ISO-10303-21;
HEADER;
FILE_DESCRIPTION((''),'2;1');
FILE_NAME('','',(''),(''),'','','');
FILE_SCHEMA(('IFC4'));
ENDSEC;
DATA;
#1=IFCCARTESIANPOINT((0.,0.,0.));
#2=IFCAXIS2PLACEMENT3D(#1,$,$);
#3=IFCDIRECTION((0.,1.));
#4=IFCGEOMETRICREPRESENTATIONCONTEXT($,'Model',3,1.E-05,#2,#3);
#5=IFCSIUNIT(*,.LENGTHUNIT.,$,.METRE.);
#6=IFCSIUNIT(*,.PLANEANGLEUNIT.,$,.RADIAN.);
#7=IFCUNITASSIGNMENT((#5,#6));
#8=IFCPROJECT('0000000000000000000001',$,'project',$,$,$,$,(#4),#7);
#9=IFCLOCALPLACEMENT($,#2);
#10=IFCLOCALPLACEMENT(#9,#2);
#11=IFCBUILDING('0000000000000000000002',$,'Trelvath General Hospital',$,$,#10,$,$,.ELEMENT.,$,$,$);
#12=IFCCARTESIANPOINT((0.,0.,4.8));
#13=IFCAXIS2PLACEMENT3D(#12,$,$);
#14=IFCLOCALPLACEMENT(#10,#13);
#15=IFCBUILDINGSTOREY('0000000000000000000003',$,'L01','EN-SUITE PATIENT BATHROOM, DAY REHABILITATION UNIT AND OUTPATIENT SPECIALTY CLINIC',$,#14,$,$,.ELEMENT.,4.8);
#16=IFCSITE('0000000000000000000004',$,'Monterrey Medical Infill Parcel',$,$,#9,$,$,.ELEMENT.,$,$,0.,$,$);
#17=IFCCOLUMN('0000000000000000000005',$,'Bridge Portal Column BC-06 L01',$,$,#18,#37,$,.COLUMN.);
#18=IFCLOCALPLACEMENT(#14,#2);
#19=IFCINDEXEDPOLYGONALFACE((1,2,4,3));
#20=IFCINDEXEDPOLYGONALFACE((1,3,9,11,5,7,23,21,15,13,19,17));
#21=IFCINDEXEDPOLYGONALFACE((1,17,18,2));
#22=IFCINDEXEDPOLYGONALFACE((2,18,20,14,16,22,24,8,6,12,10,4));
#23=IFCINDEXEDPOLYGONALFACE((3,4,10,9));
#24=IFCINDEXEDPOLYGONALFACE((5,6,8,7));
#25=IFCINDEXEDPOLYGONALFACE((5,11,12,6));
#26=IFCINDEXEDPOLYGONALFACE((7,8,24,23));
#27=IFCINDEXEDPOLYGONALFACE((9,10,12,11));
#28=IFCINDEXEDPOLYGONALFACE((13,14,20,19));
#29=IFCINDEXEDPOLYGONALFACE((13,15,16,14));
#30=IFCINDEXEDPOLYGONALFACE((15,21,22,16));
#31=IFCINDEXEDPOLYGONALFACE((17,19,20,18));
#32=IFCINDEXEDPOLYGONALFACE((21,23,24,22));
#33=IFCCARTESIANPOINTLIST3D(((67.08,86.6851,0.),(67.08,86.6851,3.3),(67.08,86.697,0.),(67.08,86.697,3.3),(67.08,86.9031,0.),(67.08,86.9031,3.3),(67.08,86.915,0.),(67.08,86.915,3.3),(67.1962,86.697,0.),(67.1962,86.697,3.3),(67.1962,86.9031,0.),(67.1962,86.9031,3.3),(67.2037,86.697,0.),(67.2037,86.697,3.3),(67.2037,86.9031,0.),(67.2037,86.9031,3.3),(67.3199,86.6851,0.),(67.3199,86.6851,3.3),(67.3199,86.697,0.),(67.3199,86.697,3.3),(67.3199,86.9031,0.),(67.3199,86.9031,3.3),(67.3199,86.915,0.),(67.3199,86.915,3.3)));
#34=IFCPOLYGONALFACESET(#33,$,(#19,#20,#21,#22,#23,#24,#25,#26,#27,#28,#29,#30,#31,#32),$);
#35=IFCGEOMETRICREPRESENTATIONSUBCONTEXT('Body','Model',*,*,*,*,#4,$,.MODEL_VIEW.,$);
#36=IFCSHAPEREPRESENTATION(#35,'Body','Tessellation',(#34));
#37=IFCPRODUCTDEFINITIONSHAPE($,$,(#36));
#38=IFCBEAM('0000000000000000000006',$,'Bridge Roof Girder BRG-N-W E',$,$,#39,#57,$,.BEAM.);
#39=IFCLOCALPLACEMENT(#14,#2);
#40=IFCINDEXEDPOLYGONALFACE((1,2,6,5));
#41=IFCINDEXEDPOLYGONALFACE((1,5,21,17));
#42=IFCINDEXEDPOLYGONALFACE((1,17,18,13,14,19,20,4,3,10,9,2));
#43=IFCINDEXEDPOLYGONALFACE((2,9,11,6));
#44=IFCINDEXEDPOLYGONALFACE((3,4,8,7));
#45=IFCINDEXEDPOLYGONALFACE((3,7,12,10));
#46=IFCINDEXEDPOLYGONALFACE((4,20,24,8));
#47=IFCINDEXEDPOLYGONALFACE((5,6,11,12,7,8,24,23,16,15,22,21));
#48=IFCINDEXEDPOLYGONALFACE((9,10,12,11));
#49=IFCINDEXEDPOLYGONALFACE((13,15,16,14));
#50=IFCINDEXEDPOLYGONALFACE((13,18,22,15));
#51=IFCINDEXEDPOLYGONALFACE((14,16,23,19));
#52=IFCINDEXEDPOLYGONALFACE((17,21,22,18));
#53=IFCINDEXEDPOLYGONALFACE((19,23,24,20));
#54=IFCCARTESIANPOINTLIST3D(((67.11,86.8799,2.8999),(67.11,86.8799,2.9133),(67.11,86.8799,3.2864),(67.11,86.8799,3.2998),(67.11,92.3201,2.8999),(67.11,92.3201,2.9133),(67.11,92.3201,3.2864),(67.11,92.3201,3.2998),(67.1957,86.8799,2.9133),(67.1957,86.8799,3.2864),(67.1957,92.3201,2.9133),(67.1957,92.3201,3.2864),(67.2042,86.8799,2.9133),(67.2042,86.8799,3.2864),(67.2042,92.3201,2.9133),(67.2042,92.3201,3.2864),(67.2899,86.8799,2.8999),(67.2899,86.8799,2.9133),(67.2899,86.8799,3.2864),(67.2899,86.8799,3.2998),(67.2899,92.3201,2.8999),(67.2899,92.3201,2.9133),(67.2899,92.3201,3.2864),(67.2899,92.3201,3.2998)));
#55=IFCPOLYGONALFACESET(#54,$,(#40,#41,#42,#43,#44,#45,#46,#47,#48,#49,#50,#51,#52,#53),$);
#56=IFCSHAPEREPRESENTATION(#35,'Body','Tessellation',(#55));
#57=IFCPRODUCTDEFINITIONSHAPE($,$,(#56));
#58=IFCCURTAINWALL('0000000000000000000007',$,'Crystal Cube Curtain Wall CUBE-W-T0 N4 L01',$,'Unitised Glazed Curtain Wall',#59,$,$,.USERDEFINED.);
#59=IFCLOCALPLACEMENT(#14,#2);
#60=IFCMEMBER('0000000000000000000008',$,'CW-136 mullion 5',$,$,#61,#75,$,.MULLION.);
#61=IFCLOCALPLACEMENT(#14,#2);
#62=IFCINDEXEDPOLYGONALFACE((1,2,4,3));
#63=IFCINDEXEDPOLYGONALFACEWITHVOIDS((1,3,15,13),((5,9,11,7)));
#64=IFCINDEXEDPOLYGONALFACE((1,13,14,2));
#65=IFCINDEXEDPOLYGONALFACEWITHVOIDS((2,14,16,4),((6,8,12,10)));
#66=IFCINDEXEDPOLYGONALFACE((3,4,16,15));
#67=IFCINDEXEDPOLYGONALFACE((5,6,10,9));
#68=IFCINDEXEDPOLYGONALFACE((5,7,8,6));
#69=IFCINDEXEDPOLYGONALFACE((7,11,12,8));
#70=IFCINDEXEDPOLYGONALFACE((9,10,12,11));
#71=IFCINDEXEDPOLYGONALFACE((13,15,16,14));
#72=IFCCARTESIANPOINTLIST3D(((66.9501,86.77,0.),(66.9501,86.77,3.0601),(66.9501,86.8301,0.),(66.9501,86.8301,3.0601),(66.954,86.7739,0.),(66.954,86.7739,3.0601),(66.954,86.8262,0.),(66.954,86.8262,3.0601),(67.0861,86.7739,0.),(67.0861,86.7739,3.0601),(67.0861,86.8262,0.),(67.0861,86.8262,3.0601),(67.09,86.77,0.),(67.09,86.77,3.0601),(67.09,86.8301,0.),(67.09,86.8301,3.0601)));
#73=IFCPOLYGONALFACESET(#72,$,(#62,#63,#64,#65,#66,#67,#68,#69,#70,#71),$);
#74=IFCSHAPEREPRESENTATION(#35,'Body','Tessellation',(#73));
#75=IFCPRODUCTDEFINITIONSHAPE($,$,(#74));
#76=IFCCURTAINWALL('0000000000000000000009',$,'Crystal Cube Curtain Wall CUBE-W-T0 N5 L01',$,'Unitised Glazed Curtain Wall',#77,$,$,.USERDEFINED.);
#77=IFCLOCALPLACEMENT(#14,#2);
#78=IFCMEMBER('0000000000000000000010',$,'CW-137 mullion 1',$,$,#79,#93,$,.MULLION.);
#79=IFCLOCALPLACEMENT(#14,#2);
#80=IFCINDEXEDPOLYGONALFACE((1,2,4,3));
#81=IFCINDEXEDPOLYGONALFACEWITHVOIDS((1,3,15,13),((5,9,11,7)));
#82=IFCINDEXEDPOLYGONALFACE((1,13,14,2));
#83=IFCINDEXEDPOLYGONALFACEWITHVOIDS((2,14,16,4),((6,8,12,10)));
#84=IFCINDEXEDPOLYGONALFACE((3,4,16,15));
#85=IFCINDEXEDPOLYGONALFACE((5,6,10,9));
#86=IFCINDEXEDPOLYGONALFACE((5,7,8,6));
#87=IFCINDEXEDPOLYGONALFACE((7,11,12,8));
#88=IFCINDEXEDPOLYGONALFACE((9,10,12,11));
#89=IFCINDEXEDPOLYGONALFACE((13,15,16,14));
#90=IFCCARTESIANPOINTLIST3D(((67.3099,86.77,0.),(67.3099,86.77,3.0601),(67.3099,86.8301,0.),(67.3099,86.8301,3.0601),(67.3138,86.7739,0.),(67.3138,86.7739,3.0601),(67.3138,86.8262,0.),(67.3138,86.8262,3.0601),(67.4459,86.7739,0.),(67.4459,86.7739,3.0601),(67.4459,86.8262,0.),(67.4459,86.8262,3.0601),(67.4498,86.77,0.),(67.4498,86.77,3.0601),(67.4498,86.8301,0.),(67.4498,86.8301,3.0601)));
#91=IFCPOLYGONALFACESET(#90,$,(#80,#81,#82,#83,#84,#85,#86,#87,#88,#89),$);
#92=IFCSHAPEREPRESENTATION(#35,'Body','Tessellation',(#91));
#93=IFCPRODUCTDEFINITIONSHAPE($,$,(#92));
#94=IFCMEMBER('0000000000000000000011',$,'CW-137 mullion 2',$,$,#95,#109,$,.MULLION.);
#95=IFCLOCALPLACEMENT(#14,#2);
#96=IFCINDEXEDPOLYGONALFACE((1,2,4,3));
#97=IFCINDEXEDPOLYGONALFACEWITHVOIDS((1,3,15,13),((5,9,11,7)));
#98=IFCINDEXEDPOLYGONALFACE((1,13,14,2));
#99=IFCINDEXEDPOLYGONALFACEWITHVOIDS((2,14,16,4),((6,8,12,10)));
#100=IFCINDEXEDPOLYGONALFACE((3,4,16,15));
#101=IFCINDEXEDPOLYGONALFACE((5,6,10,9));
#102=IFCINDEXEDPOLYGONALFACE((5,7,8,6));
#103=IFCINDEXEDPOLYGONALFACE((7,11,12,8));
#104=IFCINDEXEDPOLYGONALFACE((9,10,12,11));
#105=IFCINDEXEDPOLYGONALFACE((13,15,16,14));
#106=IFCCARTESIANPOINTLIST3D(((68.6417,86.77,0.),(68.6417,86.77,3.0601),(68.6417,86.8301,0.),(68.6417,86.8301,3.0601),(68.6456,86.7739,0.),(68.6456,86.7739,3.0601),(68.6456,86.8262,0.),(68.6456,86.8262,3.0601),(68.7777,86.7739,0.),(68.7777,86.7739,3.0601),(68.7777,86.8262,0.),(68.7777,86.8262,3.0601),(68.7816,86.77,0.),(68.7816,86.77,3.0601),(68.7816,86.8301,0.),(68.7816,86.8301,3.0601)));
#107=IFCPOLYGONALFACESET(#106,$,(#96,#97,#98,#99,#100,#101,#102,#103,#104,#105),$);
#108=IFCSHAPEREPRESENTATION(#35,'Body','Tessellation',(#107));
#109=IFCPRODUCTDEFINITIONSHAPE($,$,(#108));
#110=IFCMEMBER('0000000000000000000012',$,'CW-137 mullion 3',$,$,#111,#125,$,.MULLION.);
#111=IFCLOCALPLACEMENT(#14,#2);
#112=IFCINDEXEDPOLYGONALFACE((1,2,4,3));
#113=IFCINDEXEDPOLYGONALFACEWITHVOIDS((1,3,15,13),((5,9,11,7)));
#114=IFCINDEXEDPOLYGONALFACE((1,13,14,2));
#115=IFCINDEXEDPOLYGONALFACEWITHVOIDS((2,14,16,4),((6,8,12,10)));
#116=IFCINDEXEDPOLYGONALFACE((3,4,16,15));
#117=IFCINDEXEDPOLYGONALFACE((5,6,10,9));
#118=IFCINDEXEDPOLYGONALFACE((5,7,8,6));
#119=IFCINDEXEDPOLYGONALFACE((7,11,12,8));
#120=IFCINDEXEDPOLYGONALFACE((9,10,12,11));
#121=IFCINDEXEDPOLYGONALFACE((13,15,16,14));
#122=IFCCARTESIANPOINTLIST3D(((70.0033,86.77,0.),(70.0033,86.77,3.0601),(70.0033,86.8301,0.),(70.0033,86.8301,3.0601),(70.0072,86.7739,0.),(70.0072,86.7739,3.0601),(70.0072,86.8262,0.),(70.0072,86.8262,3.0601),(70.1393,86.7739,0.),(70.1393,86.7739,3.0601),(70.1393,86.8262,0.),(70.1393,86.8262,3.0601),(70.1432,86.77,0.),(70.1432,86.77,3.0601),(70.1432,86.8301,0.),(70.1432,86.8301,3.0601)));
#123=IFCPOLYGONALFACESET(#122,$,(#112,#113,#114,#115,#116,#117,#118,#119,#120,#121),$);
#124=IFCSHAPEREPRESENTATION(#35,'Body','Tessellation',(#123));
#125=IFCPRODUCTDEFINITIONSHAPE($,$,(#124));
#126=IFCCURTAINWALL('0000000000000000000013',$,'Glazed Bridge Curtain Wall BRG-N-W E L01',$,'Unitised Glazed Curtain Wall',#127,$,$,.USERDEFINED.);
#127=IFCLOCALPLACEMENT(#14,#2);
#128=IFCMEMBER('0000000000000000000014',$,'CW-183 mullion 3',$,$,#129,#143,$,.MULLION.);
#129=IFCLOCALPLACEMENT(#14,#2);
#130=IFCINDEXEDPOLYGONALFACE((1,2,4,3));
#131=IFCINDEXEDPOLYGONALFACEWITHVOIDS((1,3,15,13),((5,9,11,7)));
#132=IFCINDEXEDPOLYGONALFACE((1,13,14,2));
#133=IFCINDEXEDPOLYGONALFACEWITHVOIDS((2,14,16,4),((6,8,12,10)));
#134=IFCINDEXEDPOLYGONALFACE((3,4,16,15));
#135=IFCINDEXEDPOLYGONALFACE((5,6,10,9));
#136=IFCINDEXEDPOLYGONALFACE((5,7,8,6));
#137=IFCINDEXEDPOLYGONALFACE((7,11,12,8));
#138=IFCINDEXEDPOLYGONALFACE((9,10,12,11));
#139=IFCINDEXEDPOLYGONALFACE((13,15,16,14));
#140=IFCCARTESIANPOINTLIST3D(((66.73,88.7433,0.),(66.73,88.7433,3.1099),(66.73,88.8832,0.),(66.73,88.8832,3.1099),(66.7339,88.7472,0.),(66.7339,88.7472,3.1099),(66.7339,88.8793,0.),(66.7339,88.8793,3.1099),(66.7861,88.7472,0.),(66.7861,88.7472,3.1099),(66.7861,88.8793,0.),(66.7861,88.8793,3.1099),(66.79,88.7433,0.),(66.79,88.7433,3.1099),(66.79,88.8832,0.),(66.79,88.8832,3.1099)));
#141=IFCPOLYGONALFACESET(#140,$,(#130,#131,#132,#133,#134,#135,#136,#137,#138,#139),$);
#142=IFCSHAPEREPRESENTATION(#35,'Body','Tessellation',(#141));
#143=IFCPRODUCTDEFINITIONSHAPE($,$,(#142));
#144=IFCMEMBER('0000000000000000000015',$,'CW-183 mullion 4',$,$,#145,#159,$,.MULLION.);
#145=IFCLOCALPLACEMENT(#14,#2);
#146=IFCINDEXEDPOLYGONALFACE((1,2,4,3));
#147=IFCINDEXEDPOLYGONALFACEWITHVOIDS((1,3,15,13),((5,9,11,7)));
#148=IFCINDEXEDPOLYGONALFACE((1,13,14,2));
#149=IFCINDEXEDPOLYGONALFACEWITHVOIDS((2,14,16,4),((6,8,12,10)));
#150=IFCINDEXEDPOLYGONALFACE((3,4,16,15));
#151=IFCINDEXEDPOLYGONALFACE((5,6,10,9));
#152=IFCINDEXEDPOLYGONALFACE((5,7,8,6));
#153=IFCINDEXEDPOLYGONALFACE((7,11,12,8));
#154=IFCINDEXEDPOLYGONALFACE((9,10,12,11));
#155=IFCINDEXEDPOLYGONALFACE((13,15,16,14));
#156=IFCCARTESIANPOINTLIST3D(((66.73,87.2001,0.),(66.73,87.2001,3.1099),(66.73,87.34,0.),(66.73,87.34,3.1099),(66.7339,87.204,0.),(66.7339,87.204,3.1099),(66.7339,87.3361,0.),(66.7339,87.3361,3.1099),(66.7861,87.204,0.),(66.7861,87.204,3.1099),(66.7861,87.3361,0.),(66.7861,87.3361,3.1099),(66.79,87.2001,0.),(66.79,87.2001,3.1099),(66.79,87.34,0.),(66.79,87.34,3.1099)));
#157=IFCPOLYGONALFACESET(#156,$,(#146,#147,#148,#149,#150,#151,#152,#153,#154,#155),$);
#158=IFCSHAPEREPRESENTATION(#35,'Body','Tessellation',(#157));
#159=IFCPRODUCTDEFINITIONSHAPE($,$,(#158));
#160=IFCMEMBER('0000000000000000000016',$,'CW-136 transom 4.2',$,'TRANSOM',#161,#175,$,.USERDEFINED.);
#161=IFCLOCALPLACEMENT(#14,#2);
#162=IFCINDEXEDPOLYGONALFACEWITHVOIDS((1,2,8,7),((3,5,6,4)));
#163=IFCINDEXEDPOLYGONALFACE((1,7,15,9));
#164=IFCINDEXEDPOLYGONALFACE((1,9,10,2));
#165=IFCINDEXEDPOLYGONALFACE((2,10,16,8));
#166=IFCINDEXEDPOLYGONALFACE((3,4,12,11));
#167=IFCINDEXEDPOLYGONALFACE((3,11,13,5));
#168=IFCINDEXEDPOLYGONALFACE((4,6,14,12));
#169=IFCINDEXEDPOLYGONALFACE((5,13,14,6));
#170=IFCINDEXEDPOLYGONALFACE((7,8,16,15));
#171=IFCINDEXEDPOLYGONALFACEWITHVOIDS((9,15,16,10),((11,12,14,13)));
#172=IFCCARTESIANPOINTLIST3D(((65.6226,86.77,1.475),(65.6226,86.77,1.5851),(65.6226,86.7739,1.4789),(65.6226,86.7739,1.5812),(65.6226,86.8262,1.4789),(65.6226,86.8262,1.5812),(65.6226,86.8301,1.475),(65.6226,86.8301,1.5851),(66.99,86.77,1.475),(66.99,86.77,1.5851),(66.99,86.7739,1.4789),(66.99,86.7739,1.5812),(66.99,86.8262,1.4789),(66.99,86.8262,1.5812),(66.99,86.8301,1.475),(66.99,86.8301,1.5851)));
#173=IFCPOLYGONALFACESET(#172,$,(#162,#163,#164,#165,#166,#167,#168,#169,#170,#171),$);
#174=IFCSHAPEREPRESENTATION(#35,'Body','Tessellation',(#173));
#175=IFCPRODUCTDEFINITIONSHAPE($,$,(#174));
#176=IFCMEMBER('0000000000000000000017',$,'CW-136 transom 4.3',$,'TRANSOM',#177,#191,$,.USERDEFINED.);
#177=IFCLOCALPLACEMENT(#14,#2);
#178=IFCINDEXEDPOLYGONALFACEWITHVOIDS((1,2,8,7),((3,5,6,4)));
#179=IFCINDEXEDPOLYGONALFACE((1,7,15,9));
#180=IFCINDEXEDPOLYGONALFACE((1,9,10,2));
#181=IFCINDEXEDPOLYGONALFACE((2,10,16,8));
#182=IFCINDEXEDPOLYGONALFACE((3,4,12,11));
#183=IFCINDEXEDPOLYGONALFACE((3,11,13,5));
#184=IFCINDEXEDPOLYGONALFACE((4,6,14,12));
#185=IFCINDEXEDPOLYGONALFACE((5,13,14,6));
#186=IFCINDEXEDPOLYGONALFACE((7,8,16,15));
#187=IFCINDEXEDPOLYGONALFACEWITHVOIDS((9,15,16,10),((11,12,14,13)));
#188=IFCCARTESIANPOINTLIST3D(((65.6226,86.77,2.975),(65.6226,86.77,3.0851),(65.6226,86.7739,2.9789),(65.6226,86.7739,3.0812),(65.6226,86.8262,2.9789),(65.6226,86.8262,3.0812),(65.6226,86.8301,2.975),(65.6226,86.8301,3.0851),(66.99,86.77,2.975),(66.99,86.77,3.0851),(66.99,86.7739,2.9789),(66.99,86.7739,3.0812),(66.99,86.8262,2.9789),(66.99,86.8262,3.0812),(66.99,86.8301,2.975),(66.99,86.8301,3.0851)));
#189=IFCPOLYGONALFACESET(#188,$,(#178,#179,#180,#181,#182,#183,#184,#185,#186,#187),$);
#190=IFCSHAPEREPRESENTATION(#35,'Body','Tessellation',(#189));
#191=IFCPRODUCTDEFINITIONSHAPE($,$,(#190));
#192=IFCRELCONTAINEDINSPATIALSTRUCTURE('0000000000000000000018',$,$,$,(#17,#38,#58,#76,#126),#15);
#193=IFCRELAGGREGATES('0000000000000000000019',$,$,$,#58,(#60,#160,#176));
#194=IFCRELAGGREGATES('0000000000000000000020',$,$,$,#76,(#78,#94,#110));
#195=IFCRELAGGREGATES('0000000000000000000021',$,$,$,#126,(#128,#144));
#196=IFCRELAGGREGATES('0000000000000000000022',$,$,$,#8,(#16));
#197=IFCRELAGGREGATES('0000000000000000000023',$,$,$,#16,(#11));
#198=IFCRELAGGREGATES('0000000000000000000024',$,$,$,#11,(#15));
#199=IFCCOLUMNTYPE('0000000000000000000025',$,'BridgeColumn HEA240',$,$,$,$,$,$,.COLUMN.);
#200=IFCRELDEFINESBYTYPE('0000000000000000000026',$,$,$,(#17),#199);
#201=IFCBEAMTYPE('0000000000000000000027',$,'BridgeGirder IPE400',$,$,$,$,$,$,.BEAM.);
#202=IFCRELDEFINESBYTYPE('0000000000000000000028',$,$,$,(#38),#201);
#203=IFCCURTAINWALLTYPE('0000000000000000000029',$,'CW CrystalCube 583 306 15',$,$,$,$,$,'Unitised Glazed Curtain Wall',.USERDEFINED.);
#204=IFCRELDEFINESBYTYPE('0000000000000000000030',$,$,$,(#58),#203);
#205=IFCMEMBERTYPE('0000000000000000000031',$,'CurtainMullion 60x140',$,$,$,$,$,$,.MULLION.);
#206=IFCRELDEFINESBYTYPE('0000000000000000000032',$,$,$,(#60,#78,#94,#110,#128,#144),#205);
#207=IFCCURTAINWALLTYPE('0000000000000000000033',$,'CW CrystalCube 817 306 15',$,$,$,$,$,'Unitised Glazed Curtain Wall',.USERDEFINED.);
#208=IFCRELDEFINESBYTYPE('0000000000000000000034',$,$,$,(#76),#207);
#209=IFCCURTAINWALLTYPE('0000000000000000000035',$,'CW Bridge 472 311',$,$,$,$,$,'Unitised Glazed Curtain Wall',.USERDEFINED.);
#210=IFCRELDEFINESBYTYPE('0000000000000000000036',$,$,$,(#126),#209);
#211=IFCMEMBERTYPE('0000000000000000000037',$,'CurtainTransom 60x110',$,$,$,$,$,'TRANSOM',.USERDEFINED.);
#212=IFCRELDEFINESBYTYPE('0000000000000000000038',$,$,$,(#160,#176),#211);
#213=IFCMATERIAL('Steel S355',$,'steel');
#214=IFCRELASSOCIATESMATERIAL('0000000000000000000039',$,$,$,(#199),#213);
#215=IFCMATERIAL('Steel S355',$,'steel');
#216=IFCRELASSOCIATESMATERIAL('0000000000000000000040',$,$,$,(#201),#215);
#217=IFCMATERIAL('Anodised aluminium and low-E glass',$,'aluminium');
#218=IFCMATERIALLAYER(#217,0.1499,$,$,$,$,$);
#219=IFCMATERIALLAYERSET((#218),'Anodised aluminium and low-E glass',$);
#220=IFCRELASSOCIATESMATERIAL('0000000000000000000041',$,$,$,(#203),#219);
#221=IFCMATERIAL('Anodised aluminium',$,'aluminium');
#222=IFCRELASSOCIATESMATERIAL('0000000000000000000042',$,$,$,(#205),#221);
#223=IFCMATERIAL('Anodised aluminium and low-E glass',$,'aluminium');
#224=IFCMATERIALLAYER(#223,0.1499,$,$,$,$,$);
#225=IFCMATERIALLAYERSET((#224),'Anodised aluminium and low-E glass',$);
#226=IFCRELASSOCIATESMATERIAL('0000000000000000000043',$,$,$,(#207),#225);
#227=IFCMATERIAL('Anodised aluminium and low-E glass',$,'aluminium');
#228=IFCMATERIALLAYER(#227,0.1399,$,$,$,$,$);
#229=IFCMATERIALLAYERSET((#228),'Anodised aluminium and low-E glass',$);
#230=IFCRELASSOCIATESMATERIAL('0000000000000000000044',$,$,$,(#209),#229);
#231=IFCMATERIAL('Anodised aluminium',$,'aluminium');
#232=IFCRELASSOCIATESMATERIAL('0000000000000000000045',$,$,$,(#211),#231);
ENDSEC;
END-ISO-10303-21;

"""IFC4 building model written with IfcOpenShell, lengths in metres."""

from ifc_helpers import new_model, si_unit, direction, frame, origin, origin_2d, place, context, subcontext, project, spatial, hollow_rectangle, i_section, extrude, material, layer, layer_set, material_profile, profile_set, type_object, element, aggregate, save


model = new_model("IFC4")

# Units and contexts
model_context = context("Model", 3, precision=1e-05, world=origin(), true_north=direction((0.0, 1.0)))
body_context = subcontext(model_context, "Body", "Model", "MODEL_VIEW")
ifc_project = project(units=[si_unit("LENGTHUNIT", "METRE"), si_unit("PLANEANGLEUNIT", "RADIAN")], contexts=[model_context])

# Site, building, storey
site_placement = place(None, origin())
site = spatial("IfcSite", under=ifc_project, at=site_placement, Name="Monterrey Medical Infill Parcel", CompositionType="ELEMENT", RefElevation=0.0)
building_placement = place(site_placement, origin())
building = spatial("IfcBuilding", under=site, at=building_placement, Name="Trelvath General Hospital", CompositionType="ELEMENT")
storey_placement = place(building_placement, frame((0.0, 0.0, 4.8)))
storey = spatial("IfcBuildingStorey", under=building, at=storey_placement, Name="L01", Description="EN-SUITE PATIENT BATHROOM, DAY REHABILITATION UNIT AND OUTPATIENT SPECIALTY CLINIC", CompositionType="ELEMENT", Elevation=4.8)

# Column
ifc_material_1 = material(Name="Steel S355", Category="steel")
ifc_material_profile_1 = material_profile(ifc_material_1, i_section(OverallWidth=0.24, OverallDepth=0.23, WebThickness=0.0076, FlangeThickness=0.012, at=origin_2d()), Name="HEA240")
ifc_profile_set_1 = profile_set([ifc_material_profile_1], Name="Steel S355")
column_type = type_object("IfcColumnType", Name="BridgeColumn HEA240", PredefinedType="COLUMN", material=ifc_profile_set_1)
column_placement = place(storey_placement, frame((67.2, 86.8, 0.0), z_axis=(0.0, 0.0, 1.0), x_axis=(1.0, 0.0, 0.0)))
element("IfcColumn", 1, at=column_placement, inside=storey, type_object=column_type, Name="Bridge Portal Column BC-06 L01", PredefinedType="COLUMN", context=body_context, shape_type="SweptSolid", body=[
    extrude(i_section(OverallWidth=0.24, OverallDepth=0.23, WebThickness=0.0076, FlangeThickness=0.012, at=origin_2d()), origin(), (0.0, 0.0, 1.0), 3.3),
])

# Beam
ifc_material_2 = material(Name="Steel S355", Category="steel")
ifc_material_profile_2 = material_profile(ifc_material_2, i_section(OverallWidth=0.1799, OverallDepth=0.3999, WebThickness=0.0085, FlangeThickness=0.0134, at=origin_2d()), Name="IPE400")
ifc_profile_set_2 = profile_set([ifc_material_profile_2], Name="Steel S355")
beam_type = type_object("IfcBeamType", Name="BridgeGirder IPE400", PredefinedType="BEAM", material=ifc_profile_set_2)
beam_placement = place(storey_placement, frame((67.2, 86.8799, 3.0999), z_axis=(0.0, 1.0, 0.0), x_axis=(-1.0, 0.0, 0.0)))
element("IfcBeam", 2, at=beam_placement, inside=storey, type_object=beam_type, Name="Bridge Roof Girder BRG-N-W E", PredefinedType="BEAM", context=body_context, shape_type="SweptSolid", body=[
    extrude(i_section(OverallWidth=0.1799, OverallDepth=0.3999, WebThickness=0.0085, FlangeThickness=0.0134, at=origin_2d()), origin(), (0.0, 0.0, 1.0), 5.4402),
])

# Curtain wall, member
ifc_material_3 = material(Name="Anodised aluminium and low-E glass", Category="aluminium")
ifc_layer_1 = layer(ifc_material_3, 0.1499)
ifc_layer_set_1 = layer_set([ifc_layer_1], Name="Anodised aluminium and low-E glass")
curtain_wall_type_1 = type_object("IfcCurtainWallType", Name="CW CrystalCube 583 306 15", ElementType="Unitised Glazed Curtain Wall", PredefinedType="USERDEFINED", material=ifc_layer_set_1)
curtain_wall_1_placement = place(storey_placement, origin())
curtain_wall_1 = element("IfcCurtainWall", 3, at=curtain_wall_1_placement, inside=storey, type_object=curtain_wall_type_1, Name="Crystal Cube Curtain Wall CUBE-W-T0 N4 L01", ObjectType="Unitised Glazed Curtain Wall", PredefinedType="USERDEFINED")
ifc_material_4 = material(Name="Anodised aluminium", Category="aluminium")
ifc_material_profile_3 = material_profile(ifc_material_4, hollow_rectangle(XDim=0.0601, YDim=0.1399, WallThickness=0.0039, at=origin_2d()), Name="RHS60x140x4")
ifc_profile_set_3 = profile_set([ifc_material_profile_3], Name="Anodised aluminium")
member_type_1 = type_object("IfcMemberType", Name="CurtainMullion 60x140", PredefinedType="MULLION", material=ifc_profile_set_3)
member_1_placement = place(storey_placement, frame((67.02, 86.8, 0.0), z_axis=(0.0, 0.0, 1.0), x_axis=(0.0, 1.0, 0.0)))
member_1 = element("IfcMember", 4, at=member_1_placement, type_object=member_type_1, Name="CW-136 mullion 5", PredefinedType="MULLION", context=body_context, shape_type="SweptSolid", body=[
    extrude(hollow_rectangle(XDim=0.0601, YDim=0.1399, WallThickness=0.0039, at=origin_2d()), origin(), (0.0, 0.0, 1.0), 3.0601),
])

# Curtain walls, members
ifc_material_5 = material(Name="Anodised aluminium and low-E glass", Category="aluminium")
ifc_layer_2 = layer(ifc_material_5, 0.1499)
ifc_layer_set_2 = layer_set([ifc_layer_2], Name="Anodised aluminium and low-E glass")
curtain_wall_type_2 = type_object("IfcCurtainWallType", Name="CW CrystalCube 817 306 15", ElementType="Unitised Glazed Curtain Wall", PredefinedType="USERDEFINED", material=ifc_layer_set_2)
curtain_wall_2_placement = place(storey_placement, origin())
curtain_wall_2 = element("IfcCurtainWall", 5, at=curtain_wall_2_placement, inside=storey, type_object=curtain_wall_type_2, Name="Crystal Cube Curtain Wall CUBE-W-T0 N5 L01", ObjectType="Unitised Glazed Curtain Wall", PredefinedType="USERDEFINED")
member_2_placement = place(storey_placement, frame((67.3799, 86.8, 0.0), z_axis=(0.0, 0.0, 1.0), x_axis=(0.0, 1.0, 0.0)))
member_2 = element("IfcMember", 6, at=member_2_placement, type_object=member_type_1, Name="CW-137 mullion 1", PredefinedType="MULLION", context=body_context, shape_type="SweptSolid", body=[
    extrude(hollow_rectangle(XDim=0.0601, YDim=0.1399, WallThickness=0.0039, at=origin_2d()), origin(), (0.0, 0.0, 1.0), 3.0601),
])
member_3_placement = place(storey_placement, frame((68.7117, 86.8, 0.0), z_axis=(0.0, 0.0, 1.0), x_axis=(0.0, 1.0, 0.0)))
member_3 = element("IfcMember", 7, at=member_3_placement, type_object=member_type_1, Name="CW-137 mullion 2", PredefinedType="MULLION", context=body_context, shape_type="SweptSolid", body=[
    extrude(hollow_rectangle(XDim=0.0601, YDim=0.1399, WallThickness=0.0039, at=origin_2d()), origin(), (0.0, 0.0, 1.0), 3.0601),
])
member_4_placement = place(storey_placement, frame((70.0732, 86.8, 0.0), z_axis=(0.0, 0.0, 1.0), x_axis=(0.0, 1.0, 0.0)))
member_4 = element("IfcMember", 8, at=member_4_placement, type_object=member_type_1, Name="CW-137 mullion 3", PredefinedType="MULLION", context=body_context, shape_type="SweptSolid", body=[
    extrude(hollow_rectangle(XDim=0.0601, YDim=0.1399, WallThickness=0.0039, at=origin_2d()), origin(), (0.0, 0.0, 1.0), 3.0601),
])
ifc_material_6 = material(Name="Anodised aluminium and low-E glass", Category="aluminium")
ifc_layer_3 = layer(ifc_material_6, 0.1399)
ifc_layer_set_3 = layer_set([ifc_layer_3], Name="Anodised aluminium and low-E glass")
curtain_wall_type_3 = type_object("IfcCurtainWallType", Name="CW Bridge 472 311", ElementType="Unitised Glazed Curtain Wall", PredefinedType="USERDEFINED", material=ifc_layer_set_3)
curtain_wall_3_placement = place(storey_placement, origin())
curtain_wall_3 = element("IfcCurtainWall", 9, at=curtain_wall_3_placement, inside=storey, type_object=curtain_wall_type_3, Name="Glazed Bridge Curtain Wall BRG-N-W E L01", ObjectType="Unitised Glazed Curtain Wall", PredefinedType="USERDEFINED")
member_5_placement = place(storey_placement, frame((66.76, 88.8132, 0.0), z_axis=(0.0, 0.0, 1.0), x_axis=(1.0, 0.0, 0.0)))
member_5 = element("IfcMember", 10, at=member_5_placement, type_object=member_type_1, Name="CW-183 mullion 3", PredefinedType="MULLION", context=body_context, shape_type="SweptSolid", body=[
    extrude(hollow_rectangle(XDim=0.0601, YDim=0.1399, WallThickness=0.0039, at=origin_2d()), origin(), (0.0, 0.0, 1.0), 3.1099),
])
member_6_placement = place(storey_placement, frame((66.76, 87.27, 0.0), z_axis=(0.0, 0.0, 1.0), x_axis=(1.0, 0.0, 0.0)))
member_6 = element("IfcMember", 11, at=member_6_placement, type_object=member_type_1, Name="CW-183 mullion 4", PredefinedType="MULLION", context=body_context, shape_type="SweptSolid", body=[
    extrude(hollow_rectangle(XDim=0.0601, YDim=0.1399, WallThickness=0.0039, at=origin_2d()), origin(), (0.0, 0.0, 1.0), 3.1099),
])

# Members
ifc_material_7 = material(Name="Anodised aluminium", Category="aluminium")
ifc_material_profile_4 = material_profile(ifc_material_7, hollow_rectangle(XDim=0.0601, YDim=0.1101, WallThickness=0.0039, at=origin_2d()), Name="RHS60x110x4")
ifc_profile_set_4 = profile_set([ifc_material_profile_4], Name="Anodised aluminium")
member_type_2 = type_object("IfcMemberType", Name="CurtainTransom 60x110", ElementType="TRANSOM", PredefinedType="USERDEFINED", material=ifc_profile_set_4)
member_7_placement = place(storey_placement, frame((65.6226, 86.8, 1.53), z_axis=(1.0, 0.0, 0.0), x_axis=(0.0, 1.0, 0.0)))
member_7 = element("IfcMember", 12, at=member_7_placement, type_object=member_type_2, Name="CW-136 transom 4.2", ObjectType="TRANSOM", PredefinedType="USERDEFINED", context=body_context, shape_type="SweptSolid", body=[
    extrude(hollow_rectangle(XDim=0.0601, YDim=0.1101, WallThickness=0.0039, at=origin_2d()), origin(), (0.0, 0.0, 1.0), 1.3674),
])
member_8_placement = place(storey_placement, frame((65.6226, 86.8, 3.03), z_axis=(1.0, 0.0, 0.0), x_axis=(0.0, 1.0, 0.0)))
member_8 = element("IfcMember", 13, at=member_8_placement, type_object=member_type_2, Name="CW-136 transom 4.3", ObjectType="TRANSOM", PredefinedType="USERDEFINED", context=body_context, shape_type="SweptSolid", body=[
    extrude(hollow_rectangle(XDim=0.0601, YDim=0.1101, WallThickness=0.0039, at=origin_2d()), origin(), (0.0, 0.0, 1.0), 1.3674),
])

aggregate(curtain_wall_1, [member_1, member_7, member_8])
aggregate(curtain_wall_2, [member_2, member_3, member_4])
aggregate(curtain_wall_3, [member_5, member_6])

save(model, "model.ifc")
